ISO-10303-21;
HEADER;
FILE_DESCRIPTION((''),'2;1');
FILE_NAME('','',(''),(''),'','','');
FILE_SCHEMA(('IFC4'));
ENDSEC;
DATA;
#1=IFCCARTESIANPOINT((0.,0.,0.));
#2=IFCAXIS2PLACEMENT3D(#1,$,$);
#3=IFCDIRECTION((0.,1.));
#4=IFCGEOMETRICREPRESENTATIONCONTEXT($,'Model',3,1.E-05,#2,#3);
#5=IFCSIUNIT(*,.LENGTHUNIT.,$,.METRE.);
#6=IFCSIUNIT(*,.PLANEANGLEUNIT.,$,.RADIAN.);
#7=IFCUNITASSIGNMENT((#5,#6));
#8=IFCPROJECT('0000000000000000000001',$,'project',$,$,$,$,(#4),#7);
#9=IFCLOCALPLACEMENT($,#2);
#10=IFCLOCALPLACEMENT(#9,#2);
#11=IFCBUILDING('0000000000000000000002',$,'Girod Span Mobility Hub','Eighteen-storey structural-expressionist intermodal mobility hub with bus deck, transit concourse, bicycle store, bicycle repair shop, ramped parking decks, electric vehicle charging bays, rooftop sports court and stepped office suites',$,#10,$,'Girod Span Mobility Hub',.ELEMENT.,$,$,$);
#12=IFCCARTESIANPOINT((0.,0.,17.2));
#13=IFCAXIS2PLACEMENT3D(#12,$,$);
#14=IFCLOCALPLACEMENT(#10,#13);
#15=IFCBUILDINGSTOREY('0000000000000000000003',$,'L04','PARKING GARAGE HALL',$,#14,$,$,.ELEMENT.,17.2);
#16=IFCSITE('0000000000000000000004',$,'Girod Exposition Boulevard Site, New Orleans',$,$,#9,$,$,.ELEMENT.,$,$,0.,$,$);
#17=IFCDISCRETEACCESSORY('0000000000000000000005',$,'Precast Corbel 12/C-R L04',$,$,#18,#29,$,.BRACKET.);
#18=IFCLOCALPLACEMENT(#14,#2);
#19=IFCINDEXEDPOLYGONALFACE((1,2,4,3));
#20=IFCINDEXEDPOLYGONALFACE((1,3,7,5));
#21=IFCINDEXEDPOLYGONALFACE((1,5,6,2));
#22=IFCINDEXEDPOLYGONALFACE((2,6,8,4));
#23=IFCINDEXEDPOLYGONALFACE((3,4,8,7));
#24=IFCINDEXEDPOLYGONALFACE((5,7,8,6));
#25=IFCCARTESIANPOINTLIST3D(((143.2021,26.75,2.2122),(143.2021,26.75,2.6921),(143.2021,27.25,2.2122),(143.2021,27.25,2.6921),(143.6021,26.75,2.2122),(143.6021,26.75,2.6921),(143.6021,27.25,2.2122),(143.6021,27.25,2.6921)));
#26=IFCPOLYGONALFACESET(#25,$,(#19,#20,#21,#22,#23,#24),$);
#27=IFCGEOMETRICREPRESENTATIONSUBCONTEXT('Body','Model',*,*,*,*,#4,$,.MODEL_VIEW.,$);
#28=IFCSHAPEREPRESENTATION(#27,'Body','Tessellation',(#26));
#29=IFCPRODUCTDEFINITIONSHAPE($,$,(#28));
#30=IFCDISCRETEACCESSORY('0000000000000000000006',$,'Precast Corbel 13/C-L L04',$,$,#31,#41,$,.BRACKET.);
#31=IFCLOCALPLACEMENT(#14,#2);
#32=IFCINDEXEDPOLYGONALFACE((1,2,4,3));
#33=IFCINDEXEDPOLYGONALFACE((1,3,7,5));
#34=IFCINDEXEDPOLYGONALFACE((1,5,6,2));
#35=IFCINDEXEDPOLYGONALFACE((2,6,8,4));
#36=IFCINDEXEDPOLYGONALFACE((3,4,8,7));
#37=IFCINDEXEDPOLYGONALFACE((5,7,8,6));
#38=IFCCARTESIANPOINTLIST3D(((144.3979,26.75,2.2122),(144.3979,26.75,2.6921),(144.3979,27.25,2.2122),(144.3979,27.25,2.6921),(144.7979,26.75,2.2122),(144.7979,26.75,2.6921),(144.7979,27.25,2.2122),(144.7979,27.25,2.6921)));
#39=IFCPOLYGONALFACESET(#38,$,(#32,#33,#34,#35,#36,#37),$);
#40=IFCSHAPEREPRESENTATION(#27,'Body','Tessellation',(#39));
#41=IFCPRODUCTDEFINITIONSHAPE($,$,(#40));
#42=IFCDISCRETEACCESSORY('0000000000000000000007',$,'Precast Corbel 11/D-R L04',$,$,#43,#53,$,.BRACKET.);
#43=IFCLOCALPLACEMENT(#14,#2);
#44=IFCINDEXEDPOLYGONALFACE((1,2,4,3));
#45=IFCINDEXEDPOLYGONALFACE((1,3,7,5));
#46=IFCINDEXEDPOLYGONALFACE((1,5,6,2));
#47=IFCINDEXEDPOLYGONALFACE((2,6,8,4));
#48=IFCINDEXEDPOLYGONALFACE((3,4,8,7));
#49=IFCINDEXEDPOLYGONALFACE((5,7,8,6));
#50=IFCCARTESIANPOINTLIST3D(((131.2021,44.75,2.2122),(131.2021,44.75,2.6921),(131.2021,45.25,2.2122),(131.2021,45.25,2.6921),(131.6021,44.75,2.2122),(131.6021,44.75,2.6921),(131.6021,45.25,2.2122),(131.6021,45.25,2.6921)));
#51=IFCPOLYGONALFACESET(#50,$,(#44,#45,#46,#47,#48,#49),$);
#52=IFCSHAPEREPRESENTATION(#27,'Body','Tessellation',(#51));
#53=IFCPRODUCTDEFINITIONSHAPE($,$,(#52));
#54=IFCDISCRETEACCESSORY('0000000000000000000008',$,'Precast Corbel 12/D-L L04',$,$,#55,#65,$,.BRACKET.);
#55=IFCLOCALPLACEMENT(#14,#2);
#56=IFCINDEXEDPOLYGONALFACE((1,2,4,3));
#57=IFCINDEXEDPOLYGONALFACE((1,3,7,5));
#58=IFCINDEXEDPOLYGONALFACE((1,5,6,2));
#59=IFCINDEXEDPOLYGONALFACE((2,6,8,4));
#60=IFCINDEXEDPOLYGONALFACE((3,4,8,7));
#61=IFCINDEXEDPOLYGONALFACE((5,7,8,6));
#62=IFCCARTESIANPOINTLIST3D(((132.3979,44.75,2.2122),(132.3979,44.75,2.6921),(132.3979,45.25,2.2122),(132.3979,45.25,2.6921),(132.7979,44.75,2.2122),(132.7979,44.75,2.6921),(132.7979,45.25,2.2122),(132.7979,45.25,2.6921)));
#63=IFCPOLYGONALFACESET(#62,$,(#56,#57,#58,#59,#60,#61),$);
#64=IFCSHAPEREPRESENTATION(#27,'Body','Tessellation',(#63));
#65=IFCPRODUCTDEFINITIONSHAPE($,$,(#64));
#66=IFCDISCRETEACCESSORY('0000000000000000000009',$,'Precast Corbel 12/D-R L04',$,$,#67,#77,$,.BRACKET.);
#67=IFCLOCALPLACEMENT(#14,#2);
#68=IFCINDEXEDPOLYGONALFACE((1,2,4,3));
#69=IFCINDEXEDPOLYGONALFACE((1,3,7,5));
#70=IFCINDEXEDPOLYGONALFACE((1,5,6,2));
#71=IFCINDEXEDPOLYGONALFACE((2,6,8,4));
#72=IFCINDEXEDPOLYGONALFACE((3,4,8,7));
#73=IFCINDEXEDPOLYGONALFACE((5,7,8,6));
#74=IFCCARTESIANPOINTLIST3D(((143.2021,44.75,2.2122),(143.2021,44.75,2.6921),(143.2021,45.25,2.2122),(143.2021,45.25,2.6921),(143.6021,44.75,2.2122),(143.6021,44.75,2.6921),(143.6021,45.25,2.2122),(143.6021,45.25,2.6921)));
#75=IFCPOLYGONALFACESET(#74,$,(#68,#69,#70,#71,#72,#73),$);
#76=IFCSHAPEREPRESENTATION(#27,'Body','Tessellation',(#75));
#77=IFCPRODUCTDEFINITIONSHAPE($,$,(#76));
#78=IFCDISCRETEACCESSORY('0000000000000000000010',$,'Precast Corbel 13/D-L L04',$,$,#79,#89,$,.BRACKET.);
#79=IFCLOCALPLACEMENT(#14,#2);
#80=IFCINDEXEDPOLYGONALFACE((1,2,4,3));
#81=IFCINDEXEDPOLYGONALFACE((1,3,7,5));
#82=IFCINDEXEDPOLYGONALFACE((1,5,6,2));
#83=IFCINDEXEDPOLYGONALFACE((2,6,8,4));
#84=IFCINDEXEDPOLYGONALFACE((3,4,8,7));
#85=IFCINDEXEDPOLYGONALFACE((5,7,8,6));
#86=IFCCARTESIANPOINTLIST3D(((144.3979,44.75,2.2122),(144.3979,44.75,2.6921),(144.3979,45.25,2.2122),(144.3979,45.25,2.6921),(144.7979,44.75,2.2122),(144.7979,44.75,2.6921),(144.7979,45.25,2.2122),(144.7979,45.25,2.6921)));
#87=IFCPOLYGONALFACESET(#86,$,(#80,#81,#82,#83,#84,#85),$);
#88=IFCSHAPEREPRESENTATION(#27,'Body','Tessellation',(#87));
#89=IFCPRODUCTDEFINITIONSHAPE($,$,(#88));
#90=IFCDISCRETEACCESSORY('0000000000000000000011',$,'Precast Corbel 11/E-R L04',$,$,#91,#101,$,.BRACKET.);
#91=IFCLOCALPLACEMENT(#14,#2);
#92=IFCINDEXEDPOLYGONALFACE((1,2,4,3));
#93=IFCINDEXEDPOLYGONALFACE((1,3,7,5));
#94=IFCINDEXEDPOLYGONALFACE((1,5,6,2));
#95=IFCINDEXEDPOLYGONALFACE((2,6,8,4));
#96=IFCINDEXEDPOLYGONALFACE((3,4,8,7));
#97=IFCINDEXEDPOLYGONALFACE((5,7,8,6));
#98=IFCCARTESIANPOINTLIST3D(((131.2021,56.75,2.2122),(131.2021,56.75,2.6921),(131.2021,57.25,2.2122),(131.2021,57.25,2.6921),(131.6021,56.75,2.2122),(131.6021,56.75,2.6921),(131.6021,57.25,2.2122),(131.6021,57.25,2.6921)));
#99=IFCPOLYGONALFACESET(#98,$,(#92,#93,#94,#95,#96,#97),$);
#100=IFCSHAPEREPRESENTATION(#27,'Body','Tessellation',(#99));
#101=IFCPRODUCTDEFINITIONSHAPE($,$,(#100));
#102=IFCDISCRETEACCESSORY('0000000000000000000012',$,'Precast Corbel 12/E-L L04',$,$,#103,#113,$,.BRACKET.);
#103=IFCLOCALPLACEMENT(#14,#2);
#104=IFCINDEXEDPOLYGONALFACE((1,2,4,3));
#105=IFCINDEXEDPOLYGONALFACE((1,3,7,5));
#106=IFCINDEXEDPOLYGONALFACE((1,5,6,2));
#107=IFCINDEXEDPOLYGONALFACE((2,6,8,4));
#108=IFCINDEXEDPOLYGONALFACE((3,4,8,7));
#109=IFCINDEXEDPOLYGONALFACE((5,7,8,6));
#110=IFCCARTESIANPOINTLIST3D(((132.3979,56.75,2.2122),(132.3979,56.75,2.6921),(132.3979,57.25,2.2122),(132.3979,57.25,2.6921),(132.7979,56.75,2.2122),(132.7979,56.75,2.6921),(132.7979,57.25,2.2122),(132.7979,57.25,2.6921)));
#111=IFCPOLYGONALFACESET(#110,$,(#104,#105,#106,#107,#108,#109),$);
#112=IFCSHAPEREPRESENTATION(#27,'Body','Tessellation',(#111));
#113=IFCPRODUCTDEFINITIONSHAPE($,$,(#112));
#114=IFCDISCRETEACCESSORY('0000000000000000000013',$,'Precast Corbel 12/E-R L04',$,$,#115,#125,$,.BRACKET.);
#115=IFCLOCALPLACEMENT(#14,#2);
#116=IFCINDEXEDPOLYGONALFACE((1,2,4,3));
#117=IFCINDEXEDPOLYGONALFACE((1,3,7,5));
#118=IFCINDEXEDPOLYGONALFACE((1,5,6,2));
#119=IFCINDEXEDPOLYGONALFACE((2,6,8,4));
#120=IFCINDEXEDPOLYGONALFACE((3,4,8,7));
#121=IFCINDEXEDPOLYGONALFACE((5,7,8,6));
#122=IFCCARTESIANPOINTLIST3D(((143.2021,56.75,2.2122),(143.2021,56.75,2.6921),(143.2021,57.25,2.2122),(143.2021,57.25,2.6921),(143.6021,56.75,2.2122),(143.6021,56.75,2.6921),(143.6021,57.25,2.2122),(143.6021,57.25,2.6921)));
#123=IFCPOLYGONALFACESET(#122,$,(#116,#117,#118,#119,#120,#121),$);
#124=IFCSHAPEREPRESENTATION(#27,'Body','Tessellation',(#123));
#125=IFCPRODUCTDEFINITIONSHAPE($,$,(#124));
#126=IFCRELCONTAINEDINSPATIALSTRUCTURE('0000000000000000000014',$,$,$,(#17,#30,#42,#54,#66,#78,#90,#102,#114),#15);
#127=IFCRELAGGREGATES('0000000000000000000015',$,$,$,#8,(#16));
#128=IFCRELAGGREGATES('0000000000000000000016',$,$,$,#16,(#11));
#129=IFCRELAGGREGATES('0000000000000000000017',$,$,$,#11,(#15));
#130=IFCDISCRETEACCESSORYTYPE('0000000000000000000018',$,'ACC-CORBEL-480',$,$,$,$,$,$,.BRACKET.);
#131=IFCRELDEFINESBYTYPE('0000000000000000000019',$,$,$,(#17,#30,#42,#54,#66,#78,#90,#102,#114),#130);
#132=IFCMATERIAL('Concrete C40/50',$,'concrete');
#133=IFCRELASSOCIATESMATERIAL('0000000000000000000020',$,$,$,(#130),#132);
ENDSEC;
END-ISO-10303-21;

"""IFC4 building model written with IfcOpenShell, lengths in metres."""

from ifc_helpers import new_model, si_unit, direction, frame, origin, origin_2d, place, context, subcontext, project, spatial, rectangle, extrude, material, type_object, element, save


model = new_model("IFC4")

# Units and contexts
model_context = context("Model", 3, precision=1e-05, world=origin(), true_north=direction((0.0, 1.0)))
body_context = subcontext(model_context, "Body", "Model", "MODEL_VIEW")
ifc_project = project(units=[si_unit("LENGTHUNIT", "METRE"), si_unit("PLANEANGLEUNIT", "RADIAN")], contexts=[model_context])

# Site, building, storey
site_placement = place(None, origin())
site = spatial("IfcSite", under=ifc_project, at=site_placement, Name="Girod Exposition Boulevard Site, New Orleans", CompositionType="ELEMENT", RefElevation=0.0)
building_placement = place(site_placement, origin())
building = spatial("IfcBuilding", under=site, at=building_placement, Name="Girod Span Mobility Hub", Description="Eighteen-storey structural-expressionist intermodal mobility hub with bus deck, transit concourse, bicycle store, bicycle repair shop, ramped parking decks, electric vehicle charging bays, rooftop sports court and stepped office suites", LongName="Girod Span Mobility Hub", CompositionType="ELEMENT")
storey_placement = place(building_placement, frame((0.0, 0.0, 17.2)))
storey = spatial("IfcBuildingStorey", under=building, at=storey_placement, Name="L04", Description="PARKING GARAGE HALL", CompositionType="ELEMENT", Elevation=17.2)

# Discrete accessories
ifc_material_1 = material(Name="Concrete C40/50", Category="concrete")
discrete_accessory_type = type_object("IfcDiscreteAccessoryType", Name="ACC-CORBEL-480", PredefinedType="BRACKET", material=ifc_material_1)
for number, where, z_axis, x_axis, name in (
    (1, (143.4021, 27.0, 2.2122), (0.0, 0.0, 1.0), (1.0, 0.0, 0.0), "Precast Corbel 12/C-R L04"),
    (2, (144.5979, 27.0, 2.2122), (0.0, 0.0, 1.0), (1.0, 0.0, 0.0), "Precast Corbel 13/C-L L04"),
    (3, (131.4021, 45.0, 2.2122), (0.0, 0.0, 1.0), (1.0, 0.0, 0.0), "Precast Corbel 11/D-R L04"),
    (4, (132.5979, 45.0, 2.2122), (0.0, 0.0, 1.0), (1.0, 0.0, 0.0), "Precast Corbel 12/D-L L04"),
    (5, (143.4021, 45.0, 2.2122), (0.0, 0.0, 1.0), (1.0, 0.0, 0.0), "Precast Corbel 12/D-R L04"),
    (6, (144.5979, 45.0, 2.2122), (0.0, 0.0, 1.0), (1.0, 0.0, 0.0), "Precast Corbel 13/D-L L04"),
    (7, (131.4021, 57.0, 2.2122), (0.0, 0.0, 1.0), (1.0, 0.0, 0.0), "Precast Corbel 11/E-R L04"),
    (8, (132.5979, 57.0, 2.2122), (0.0, 0.0, 1.0), (1.0, 0.0, 0.0), "Precast Corbel 12/E-L L04"),
    (9, (143.4021, 57.0, 2.2122), (0.0, 0.0, 1.0), (1.0, 0.0, 0.0), "Precast Corbel 12/E-R L04"),
):
    element("IfcDiscreteAccessory", number, at=place(storey_placement, frame(where, z_axis=z_axis, x_axis=x_axis)), inside=storey, type_object=discrete_accessory_type, Name=name, PredefinedType="BRACKET", context=body_context, shape_type="SweptSolid", body=[
        extrude(rectangle(XDim=0.3999, YDim=0.5, at=origin_2d()), origin(), (0.0, 0.0, 1.0), 0.48),
    ])

save(model, "model.ifc")
